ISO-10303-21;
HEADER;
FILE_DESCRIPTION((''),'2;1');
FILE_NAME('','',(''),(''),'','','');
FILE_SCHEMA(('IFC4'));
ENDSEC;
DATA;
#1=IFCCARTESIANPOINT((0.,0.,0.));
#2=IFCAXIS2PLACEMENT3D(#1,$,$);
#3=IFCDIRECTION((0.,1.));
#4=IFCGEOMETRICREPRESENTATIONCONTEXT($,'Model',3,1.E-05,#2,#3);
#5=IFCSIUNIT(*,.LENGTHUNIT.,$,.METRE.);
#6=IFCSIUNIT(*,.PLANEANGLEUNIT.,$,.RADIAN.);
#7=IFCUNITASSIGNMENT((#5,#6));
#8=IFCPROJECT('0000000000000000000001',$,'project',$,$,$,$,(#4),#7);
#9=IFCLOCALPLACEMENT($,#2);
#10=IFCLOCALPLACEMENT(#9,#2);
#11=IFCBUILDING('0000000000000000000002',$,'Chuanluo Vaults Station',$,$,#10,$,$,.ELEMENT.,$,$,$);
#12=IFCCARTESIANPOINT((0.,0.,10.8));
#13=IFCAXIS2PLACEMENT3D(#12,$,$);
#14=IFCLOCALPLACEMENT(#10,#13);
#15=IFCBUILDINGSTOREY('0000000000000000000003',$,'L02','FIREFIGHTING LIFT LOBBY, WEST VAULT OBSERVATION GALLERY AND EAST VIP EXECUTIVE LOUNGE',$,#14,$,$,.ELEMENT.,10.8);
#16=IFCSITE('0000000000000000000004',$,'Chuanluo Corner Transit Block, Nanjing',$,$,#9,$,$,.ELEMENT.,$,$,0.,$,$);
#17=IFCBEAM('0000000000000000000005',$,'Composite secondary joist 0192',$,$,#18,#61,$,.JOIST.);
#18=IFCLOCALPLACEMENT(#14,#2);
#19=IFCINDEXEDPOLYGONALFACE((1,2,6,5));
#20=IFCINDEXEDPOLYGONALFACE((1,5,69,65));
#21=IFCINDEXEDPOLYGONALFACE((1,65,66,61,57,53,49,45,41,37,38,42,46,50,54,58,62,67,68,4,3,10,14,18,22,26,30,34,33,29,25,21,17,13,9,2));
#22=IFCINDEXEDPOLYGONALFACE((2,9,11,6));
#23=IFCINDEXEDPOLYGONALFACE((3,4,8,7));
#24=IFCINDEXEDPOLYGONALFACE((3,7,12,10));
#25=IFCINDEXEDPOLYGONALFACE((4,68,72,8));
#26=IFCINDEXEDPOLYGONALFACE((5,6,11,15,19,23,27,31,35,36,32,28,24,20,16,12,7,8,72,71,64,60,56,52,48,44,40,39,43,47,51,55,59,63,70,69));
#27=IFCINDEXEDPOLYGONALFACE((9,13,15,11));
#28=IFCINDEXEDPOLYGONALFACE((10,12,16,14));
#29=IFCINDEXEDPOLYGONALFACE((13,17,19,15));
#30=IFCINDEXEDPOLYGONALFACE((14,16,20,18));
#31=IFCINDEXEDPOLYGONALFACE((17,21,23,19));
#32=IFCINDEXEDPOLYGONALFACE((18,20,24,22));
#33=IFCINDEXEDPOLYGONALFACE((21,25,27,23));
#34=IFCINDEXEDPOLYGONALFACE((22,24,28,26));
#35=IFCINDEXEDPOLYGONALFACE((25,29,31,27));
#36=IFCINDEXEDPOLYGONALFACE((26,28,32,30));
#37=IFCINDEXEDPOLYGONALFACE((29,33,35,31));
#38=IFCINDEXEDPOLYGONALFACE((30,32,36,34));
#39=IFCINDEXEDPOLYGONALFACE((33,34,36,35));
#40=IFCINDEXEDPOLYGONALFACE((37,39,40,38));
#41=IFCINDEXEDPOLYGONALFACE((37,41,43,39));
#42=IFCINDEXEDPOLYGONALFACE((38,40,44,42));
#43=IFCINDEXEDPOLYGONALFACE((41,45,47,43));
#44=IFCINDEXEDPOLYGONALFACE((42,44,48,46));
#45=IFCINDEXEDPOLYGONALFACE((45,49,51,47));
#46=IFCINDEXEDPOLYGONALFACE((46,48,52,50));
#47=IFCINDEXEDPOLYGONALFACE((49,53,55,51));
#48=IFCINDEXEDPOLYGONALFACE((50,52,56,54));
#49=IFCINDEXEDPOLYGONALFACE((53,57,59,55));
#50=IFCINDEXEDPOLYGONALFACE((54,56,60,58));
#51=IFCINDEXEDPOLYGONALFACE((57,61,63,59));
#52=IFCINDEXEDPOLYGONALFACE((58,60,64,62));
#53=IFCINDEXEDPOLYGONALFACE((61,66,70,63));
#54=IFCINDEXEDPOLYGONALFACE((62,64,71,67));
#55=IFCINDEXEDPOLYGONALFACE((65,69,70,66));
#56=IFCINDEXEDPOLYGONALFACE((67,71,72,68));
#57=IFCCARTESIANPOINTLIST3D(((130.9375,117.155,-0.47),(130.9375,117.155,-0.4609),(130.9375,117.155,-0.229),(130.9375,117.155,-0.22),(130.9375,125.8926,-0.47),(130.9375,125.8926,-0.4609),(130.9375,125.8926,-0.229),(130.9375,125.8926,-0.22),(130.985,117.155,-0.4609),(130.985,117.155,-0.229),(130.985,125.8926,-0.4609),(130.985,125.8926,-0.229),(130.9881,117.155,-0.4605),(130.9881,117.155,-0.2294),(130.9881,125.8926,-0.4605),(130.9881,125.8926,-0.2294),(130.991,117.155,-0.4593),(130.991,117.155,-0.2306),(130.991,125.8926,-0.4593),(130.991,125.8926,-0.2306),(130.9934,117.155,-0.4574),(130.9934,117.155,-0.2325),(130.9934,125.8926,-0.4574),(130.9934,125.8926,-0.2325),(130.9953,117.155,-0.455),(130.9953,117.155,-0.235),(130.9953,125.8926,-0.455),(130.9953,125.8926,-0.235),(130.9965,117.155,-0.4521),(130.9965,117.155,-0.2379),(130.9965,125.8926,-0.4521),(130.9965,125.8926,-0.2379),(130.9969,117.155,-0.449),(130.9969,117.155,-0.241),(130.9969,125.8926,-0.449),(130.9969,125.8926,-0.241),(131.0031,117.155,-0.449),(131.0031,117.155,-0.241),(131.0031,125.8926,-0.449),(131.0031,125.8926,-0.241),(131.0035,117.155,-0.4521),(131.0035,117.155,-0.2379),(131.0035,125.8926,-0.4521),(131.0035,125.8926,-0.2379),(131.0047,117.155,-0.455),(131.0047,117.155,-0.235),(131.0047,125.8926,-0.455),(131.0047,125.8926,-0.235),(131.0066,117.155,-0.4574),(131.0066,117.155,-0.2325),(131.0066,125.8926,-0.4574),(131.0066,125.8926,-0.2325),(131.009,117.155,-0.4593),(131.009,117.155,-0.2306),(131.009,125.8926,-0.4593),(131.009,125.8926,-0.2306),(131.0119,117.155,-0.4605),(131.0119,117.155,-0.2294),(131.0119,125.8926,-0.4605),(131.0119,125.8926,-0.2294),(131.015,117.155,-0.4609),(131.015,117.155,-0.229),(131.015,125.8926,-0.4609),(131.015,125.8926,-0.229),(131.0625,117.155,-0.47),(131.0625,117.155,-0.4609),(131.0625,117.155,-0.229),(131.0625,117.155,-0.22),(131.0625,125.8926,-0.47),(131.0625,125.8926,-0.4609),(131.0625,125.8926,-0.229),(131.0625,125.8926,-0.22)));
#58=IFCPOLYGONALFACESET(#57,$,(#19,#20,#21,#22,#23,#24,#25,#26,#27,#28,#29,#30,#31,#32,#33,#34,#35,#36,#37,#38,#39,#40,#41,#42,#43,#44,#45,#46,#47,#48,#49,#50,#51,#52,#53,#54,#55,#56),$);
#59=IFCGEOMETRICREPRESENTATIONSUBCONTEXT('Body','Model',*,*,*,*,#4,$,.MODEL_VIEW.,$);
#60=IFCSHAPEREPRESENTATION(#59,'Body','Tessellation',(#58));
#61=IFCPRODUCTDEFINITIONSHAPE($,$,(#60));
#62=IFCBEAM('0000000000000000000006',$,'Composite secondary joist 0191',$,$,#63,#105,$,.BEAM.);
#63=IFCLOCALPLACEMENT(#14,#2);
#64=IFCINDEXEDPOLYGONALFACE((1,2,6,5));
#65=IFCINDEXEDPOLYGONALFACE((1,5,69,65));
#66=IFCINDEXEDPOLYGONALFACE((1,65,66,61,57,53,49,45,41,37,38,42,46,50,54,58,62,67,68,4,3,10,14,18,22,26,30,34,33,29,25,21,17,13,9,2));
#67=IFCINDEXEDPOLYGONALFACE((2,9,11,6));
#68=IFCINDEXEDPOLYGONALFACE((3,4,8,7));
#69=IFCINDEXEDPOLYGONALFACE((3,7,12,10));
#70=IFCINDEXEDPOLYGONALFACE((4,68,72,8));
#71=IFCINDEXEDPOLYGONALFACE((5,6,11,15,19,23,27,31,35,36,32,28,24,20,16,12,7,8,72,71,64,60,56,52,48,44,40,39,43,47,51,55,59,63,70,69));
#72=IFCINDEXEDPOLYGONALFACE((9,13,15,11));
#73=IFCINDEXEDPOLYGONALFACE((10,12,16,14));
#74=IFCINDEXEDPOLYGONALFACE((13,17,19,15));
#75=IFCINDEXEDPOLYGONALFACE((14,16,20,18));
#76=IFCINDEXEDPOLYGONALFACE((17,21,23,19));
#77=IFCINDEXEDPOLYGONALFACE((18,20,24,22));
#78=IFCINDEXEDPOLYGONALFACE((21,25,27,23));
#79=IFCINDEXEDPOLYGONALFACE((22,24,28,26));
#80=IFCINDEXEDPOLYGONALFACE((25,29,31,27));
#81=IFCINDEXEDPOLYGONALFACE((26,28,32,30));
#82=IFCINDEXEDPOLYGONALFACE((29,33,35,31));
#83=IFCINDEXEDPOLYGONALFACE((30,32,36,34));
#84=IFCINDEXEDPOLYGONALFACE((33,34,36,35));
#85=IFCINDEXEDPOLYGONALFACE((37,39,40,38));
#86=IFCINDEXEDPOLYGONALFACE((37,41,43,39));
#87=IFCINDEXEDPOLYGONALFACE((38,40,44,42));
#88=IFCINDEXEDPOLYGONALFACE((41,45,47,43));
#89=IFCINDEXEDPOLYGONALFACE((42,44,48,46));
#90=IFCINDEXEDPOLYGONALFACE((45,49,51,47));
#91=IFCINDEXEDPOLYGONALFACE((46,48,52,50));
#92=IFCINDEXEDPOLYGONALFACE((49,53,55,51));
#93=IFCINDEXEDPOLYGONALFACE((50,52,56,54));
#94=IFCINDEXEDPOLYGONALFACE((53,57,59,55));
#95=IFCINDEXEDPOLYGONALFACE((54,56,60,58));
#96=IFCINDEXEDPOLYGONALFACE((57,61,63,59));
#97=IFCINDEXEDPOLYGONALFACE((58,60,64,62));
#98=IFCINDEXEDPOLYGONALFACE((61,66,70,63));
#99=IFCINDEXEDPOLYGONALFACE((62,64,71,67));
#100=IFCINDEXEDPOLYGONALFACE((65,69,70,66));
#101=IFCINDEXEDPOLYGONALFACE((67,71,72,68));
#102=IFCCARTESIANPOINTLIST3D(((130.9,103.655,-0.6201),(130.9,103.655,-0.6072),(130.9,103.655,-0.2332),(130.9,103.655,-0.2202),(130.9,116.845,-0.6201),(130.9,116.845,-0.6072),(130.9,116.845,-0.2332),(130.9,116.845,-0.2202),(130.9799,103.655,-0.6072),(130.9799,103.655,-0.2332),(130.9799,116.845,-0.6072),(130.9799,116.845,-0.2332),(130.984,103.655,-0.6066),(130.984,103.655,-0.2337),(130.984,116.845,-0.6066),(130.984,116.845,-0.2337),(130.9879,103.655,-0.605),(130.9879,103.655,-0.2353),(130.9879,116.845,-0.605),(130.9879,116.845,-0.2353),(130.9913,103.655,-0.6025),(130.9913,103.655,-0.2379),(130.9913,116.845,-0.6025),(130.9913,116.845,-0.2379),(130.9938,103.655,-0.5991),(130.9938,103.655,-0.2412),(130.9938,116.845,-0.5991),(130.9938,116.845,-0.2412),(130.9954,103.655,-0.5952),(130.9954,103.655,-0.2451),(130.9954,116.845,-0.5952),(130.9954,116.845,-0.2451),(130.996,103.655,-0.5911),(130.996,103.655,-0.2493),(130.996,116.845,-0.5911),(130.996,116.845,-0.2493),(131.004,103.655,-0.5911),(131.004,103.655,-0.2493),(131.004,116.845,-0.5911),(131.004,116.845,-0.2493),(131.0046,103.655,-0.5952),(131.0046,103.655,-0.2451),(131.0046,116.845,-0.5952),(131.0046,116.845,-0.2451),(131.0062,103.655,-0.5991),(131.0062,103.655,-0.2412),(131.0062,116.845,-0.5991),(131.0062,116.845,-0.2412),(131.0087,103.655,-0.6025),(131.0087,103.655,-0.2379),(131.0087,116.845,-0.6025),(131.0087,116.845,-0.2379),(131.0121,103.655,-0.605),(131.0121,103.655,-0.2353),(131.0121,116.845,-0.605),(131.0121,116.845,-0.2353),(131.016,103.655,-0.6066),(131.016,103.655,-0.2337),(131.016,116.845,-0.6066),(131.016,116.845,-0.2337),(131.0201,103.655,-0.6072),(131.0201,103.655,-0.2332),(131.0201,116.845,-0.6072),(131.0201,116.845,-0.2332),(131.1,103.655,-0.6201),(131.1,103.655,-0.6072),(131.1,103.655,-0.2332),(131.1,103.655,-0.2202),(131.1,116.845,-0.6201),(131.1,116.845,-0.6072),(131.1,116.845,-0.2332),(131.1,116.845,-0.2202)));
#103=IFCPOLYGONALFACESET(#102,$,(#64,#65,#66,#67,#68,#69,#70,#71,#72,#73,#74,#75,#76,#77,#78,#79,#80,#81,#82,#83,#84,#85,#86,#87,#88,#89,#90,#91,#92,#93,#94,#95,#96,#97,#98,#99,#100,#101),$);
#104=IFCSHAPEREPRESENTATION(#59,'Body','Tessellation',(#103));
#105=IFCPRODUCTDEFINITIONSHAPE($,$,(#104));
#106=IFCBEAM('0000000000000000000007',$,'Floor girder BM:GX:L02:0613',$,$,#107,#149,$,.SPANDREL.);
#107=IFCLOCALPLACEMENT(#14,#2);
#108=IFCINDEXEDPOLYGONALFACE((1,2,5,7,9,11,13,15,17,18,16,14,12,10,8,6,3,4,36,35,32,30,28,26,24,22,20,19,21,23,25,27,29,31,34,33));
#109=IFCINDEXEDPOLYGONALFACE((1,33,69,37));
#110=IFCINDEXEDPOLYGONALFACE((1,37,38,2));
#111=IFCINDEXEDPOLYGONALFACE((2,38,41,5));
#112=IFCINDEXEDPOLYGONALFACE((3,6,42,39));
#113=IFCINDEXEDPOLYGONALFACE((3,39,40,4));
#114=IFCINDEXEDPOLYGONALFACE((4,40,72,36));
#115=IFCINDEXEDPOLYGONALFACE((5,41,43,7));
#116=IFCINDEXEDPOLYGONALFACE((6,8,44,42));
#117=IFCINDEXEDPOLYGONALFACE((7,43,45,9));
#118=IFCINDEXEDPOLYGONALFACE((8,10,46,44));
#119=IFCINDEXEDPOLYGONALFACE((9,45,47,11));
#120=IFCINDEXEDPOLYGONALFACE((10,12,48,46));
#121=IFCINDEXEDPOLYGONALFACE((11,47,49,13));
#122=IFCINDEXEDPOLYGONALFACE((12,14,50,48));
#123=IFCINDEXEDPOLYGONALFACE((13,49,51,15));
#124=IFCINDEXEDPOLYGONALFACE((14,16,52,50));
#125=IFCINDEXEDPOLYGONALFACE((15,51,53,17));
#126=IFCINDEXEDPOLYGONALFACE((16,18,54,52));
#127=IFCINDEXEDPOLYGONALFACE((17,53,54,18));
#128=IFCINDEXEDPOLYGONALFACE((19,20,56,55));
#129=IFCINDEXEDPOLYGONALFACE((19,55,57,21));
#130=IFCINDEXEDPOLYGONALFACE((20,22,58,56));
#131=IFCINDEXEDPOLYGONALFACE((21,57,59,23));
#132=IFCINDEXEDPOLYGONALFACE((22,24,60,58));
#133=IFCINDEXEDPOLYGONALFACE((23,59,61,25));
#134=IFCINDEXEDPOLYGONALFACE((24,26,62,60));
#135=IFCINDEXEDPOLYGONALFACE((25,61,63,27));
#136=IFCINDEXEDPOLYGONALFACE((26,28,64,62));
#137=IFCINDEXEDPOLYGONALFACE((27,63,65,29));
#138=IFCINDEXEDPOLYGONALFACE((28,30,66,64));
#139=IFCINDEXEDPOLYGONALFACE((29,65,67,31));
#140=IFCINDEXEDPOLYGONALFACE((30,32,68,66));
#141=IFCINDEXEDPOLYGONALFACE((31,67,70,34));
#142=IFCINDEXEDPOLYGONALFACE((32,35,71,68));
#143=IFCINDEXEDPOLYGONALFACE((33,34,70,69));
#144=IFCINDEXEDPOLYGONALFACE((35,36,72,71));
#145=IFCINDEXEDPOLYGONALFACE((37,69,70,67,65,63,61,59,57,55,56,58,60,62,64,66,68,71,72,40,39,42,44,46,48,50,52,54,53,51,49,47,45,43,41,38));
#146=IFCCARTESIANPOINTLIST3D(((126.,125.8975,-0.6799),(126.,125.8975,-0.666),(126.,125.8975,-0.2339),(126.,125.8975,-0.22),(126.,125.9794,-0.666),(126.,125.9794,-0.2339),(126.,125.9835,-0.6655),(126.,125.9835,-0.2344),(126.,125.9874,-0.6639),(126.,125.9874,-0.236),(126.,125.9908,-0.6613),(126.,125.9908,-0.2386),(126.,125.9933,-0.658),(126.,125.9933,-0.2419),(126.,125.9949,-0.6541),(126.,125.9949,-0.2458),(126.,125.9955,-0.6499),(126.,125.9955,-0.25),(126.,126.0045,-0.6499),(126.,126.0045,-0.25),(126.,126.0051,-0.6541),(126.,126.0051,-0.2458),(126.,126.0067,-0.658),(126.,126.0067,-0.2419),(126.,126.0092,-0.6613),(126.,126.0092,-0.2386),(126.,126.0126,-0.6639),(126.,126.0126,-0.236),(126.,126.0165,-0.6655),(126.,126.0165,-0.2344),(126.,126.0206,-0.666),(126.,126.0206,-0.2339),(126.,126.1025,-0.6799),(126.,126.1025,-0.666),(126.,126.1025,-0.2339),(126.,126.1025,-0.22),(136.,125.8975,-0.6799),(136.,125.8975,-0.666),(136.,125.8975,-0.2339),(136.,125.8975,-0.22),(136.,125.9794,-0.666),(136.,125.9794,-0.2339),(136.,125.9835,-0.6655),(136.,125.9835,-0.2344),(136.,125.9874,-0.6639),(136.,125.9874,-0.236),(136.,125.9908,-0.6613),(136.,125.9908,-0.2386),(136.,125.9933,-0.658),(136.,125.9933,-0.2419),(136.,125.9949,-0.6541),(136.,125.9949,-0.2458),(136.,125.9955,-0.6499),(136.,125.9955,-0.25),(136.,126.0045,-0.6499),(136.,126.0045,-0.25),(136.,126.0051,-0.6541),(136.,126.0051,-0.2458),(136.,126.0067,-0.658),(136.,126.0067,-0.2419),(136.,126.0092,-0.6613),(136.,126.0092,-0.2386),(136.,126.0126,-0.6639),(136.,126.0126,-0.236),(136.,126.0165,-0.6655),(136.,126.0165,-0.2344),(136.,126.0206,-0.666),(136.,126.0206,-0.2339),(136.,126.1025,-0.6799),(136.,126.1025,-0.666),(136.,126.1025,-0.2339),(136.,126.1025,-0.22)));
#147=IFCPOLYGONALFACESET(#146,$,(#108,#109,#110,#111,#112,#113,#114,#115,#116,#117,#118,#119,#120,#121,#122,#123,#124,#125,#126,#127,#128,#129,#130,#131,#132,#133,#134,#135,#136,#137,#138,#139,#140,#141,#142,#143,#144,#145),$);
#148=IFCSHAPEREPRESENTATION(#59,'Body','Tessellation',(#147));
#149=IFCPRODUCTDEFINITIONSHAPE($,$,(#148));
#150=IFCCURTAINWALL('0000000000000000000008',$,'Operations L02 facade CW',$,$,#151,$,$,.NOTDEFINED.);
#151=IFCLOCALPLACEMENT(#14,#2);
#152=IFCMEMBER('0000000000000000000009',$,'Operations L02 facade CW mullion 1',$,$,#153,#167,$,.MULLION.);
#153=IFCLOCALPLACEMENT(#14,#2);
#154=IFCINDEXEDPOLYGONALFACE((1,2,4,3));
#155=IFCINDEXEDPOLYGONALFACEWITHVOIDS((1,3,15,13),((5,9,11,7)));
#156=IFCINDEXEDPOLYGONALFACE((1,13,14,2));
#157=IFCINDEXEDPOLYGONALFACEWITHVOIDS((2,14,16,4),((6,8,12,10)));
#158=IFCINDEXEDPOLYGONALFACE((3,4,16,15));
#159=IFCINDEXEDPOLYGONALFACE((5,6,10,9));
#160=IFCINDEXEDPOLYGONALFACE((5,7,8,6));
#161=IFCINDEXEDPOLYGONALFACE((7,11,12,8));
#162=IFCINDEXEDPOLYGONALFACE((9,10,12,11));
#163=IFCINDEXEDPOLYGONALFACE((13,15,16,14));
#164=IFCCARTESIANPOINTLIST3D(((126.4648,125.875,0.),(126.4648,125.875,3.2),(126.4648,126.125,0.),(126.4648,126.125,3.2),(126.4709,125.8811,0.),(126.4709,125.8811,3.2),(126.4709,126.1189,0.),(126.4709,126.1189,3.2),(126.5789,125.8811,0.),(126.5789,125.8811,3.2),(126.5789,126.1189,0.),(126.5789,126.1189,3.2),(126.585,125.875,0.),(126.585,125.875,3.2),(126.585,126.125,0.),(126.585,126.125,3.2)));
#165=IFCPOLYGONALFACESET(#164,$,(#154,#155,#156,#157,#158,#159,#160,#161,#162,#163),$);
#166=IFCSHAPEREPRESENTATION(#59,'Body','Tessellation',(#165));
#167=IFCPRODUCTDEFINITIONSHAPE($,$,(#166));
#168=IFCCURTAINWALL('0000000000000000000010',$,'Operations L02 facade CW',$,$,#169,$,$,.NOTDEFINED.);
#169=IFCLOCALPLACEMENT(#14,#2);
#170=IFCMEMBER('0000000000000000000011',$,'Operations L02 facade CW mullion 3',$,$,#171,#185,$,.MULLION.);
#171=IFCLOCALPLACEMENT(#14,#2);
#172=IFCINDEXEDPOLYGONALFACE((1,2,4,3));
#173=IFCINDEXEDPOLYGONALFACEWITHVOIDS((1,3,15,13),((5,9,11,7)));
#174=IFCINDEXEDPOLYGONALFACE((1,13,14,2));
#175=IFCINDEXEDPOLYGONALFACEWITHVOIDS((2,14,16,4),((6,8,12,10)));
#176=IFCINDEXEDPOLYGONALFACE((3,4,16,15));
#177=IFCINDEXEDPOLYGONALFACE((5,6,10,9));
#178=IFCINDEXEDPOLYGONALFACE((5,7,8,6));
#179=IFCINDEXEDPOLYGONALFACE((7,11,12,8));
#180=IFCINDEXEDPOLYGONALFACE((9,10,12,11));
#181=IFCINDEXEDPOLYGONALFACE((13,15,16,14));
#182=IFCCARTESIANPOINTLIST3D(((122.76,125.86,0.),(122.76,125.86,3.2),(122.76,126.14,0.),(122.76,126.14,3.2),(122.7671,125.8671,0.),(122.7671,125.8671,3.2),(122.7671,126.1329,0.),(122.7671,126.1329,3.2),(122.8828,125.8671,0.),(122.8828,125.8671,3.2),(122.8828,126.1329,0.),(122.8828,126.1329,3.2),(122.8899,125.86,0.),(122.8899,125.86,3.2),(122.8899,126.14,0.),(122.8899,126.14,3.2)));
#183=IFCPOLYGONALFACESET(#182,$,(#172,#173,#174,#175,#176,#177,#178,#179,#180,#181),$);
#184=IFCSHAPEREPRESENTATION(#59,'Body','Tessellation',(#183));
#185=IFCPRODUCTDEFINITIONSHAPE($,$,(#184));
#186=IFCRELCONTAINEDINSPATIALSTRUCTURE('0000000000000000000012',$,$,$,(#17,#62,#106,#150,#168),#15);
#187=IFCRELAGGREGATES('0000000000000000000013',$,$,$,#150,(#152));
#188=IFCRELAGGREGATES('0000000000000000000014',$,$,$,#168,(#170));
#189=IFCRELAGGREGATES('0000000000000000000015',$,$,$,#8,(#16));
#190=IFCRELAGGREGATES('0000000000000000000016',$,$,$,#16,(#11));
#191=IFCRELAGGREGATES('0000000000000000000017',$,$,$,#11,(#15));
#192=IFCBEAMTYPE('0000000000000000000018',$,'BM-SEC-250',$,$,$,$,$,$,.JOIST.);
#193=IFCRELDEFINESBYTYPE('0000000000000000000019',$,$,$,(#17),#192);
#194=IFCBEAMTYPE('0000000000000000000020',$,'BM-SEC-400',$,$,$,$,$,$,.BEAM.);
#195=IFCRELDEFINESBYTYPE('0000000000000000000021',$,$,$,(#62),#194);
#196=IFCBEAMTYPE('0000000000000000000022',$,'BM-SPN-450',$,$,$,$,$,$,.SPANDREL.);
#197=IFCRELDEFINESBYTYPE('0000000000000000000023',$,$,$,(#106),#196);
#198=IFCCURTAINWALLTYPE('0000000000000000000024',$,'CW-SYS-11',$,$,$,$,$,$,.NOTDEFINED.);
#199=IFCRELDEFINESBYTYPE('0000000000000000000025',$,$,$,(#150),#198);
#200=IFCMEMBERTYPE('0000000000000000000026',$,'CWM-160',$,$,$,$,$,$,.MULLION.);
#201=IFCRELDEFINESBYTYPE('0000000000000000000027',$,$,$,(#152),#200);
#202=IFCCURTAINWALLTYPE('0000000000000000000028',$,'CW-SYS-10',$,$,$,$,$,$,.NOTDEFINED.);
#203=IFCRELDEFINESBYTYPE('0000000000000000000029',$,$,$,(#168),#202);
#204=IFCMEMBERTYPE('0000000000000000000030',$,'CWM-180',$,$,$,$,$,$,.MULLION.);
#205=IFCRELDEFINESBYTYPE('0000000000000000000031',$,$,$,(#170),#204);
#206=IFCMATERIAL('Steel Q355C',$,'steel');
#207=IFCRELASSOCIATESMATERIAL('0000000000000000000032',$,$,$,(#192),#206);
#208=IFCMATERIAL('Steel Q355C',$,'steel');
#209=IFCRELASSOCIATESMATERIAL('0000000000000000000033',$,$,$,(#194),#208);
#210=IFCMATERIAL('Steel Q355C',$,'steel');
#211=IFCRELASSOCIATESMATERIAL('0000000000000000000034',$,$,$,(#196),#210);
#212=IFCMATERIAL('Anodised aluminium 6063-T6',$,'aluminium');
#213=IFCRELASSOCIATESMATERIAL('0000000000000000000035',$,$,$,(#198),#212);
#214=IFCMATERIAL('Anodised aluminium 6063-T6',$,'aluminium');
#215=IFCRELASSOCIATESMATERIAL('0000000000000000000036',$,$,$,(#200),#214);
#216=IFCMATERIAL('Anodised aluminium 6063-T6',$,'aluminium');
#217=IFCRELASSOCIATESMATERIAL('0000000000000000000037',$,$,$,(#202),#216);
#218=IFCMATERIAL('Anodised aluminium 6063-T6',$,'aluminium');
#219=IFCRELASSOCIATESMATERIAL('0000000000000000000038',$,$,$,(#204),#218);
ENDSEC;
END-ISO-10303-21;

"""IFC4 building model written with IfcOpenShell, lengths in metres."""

from ifc_helpers import new_model, si_unit, direction, frame, origin, origin_2d, place, context, subcontext, project, spatial, hollow_rectangle, i_section, extrude, material, material_profile, profile_set, type_object, element, aggregate, save


model = new_model("IFC4")

# Units and contexts
model_context = context("Model", 3, precision=1e-05, world=origin(), true_north=direction((0.0, 1.0)))
body_context = subcontext(model_context, "Body", "Model", "MODEL_VIEW")
ifc_project = project(units=[si_unit("LENGTHUNIT", "METRE"), si_unit("PLANEANGLEUNIT", "RADIAN")], contexts=[model_context])

# Site, building, storey
site_placement = place(None, origin())
site = spatial("IfcSite", under=ifc_project, at=site_placement, Name="Chuanluo Corner Transit Block, Nanjing", CompositionType="ELEMENT", RefElevation=0.0)
building_placement = place(site_placement, origin())
building = spatial("IfcBuilding", under=site, at=building_placement, Name="Chuanluo Vaults Station", CompositionType="ELEMENT")
storey_placement = place(building_placement, frame((0.0, 0.0, 10.8)))
storey = spatial("IfcBuildingStorey", under=building, at=storey_placement, Name="L02", Description="FIREFIGHTING LIFT LOBBY, WEST VAULT OBSERVATION GALLERY AND EAST VIP EXECUTIVE LOUNGE", CompositionType="ELEMENT", Elevation=10.8)

# Beams
ifc_material_1 = material(Name="Steel Q355C", Category="steel")
ifc_material_profile_1 = material_profile(ifc_material_1, i_section(OverallWidth=0.125, OverallDepth=0.25, WebThickness=0.0061, FlangeThickness=0.009, FilletRadius=0.012, at=origin_2d()))
ifc_profile_set_1 = profile_set([ifc_material_profile_1], Name="Steel Q355C")
beam_type_1 = type_object("IfcBeamType", Name="BM-SEC-250", PredefinedType="JOIST", material=ifc_profile_set_1)
beam_1_placement = place(storey_placement, frame((131.0, 117.155, -0.345), z_axis=(0.0, 1.0, 0.0), x_axis=(-1.0, 0.0, 0.0)))
element("IfcBeam", 1, at=beam_1_placement, inside=storey, type_object=beam_type_1, Name="Composite secondary joist 0192", PredefinedType="JOIST", context=body_context, shape_type="SweptSolid", body=[
    extrude(i_section(OverallWidth=0.125, OverallDepth=0.25, WebThickness=0.0061, FlangeThickness=0.009, FilletRadius=0.012, at=origin_2d()), origin(), (0.0, 0.0, 1.0), 8.7375),
])
ifc_material_2 = material(Name="Steel Q355C", Category="steel")
ifc_material_profile_2 = material_profile(ifc_material_2, i_section(OverallWidth=0.2, OverallDepth=0.3999, WebThickness=0.0081, FlangeThickness=0.0129, FilletRadius=0.0161, at=origin_2d()))
ifc_profile_set_2 = profile_set([ifc_material_profile_2], Name="Steel Q355C")
beam_type_2 = type_object("IfcBeamType", Name="BM-SEC-400", PredefinedType="BEAM", material=ifc_profile_set_2)
beam_2_placement = place(storey_placement, frame((131.0, 103.655, -0.4202), z_axis=(0.0, 1.0, 0.0), x_axis=(-1.0, 0.0, 0.0)))
element("IfcBeam", 2, at=beam_2_placement, inside=storey, type_object=beam_type_2, Name="Composite secondary joist 0191", PredefinedType="BEAM", context=body_context, shape_type="SweptSolid", body=[
    extrude(i_section(OverallWidth=0.2, OverallDepth=0.3999, WebThickness=0.0081, FlangeThickness=0.0129, FilletRadius=0.0161, at=origin_2d()), origin(), (0.0, 0.0, 1.0), 13.1899),
])
ifc_material_3 = material(Name="Steel Q355C", Category="steel")
ifc_material_profile_3 = material_profile(ifc_material_3, i_section(OverallWidth=0.2051, OverallDepth=0.46, WebThickness=0.009, FlangeThickness=0.0139, FilletRadius=0.0161, at=origin_2d()))
ifc_profile_set_3 = profile_set([ifc_material_profile_3], Name="Steel Q355C")
beam_type_3 = type_object("IfcBeamType", Name="BM-SPN-450", PredefinedType="SPANDREL", material=ifc_profile_set_3)
beam_3_placement = place(storey_placement, frame((126.0, 126.0, -0.45), z_axis=(1.0, 0.0, 0.0), x_axis=(0.0, 1.0, 0.0)))
element("IfcBeam", 3, at=beam_3_placement, inside=storey, type_object=beam_type_3, Name="Floor girder BM:GX:L02:0613", PredefinedType="SPANDREL", context=body_context, shape_type="SweptSolid", body=[
    extrude(i_section(OverallWidth=0.2051, OverallDepth=0.46, WebThickness=0.009, FlangeThickness=0.0139, FilletRadius=0.0161, at=origin_2d()), origin(), (0.0, 0.0, 1.0), 10.0),
])

# Curtain wall, member
ifc_material_4 = material(Name="Anodised aluminium 6063-T6", Category="aluminium")
curtain_wall_type_1 = type_object("IfcCurtainWallType", Name="CW-SYS-11", PredefinedType="NOTDEFINED", material=ifc_material_4)
curtain_wall_1_placement = place(storey_placement, origin())
curtain_wall_1 = element("IfcCurtainWall", 4, at=curtain_wall_1_placement, inside=storey, type_object=curtain_wall_type_1, Name="Operations L02 facade CW", PredefinedType="NOTDEFINED")
ifc_material_5 = material(Name="Anodised aluminium 6063-T6", Category="aluminium")
ifc_material_profile_4 = material_profile(ifc_material_5, hollow_rectangle(XDim=0.1201, YDim=0.25, WallThickness=0.0061, at=origin_2d()))
ifc_profile_set_4 = profile_set([ifc_material_profile_4], Name="Anodised aluminium 6063-T6")
member_type_1 = type_object("IfcMemberType", Name="CWM-160", PredefinedType="MULLION", material=ifc_profile_set_4)
member_1_placement = place(storey_placement, frame((126.5249, 126.0, 0.0), z_axis=(0.0, 0.0, 1.0), x_axis=(1.0, 0.0, 0.0)))
member_1 = element("IfcMember", 5, at=member_1_placement, type_object=member_type_1, Name="Operations L02 facade CW mullion 1", PredefinedType="MULLION", context=body_context, shape_type="SweptSolid", body=[
    extrude(hollow_rectangle(XDim=0.1201, YDim=0.25, WallThickness=0.0061, at=origin_2d()), origin(), (0.0, 0.0, 1.0), 3.2),
])

# Curtain wall, member
ifc_material_6 = material(Name="Anodised aluminium 6063-T6", Category="aluminium")
curtain_wall_type_2 = type_object("IfcCurtainWallType", Name="CW-SYS-10", PredefinedType="NOTDEFINED", material=ifc_material_6)
curtain_wall_2_placement = place(storey_placement, origin())
curtain_wall_2 = element("IfcCurtainWall", 6, at=curtain_wall_2_placement, inside=storey, type_object=curtain_wall_type_2, Name="Operations L02 facade CW", PredefinedType="NOTDEFINED")
ifc_material_7 = material(Name="Anodised aluminium 6063-T6", Category="aluminium")
ifc_material_profile_5 = material_profile(ifc_material_7, hollow_rectangle(XDim=0.1299, YDim=0.28, WallThickness=0.0071, at=origin_2d()))
ifc_profile_set_5 = profile_set([ifc_material_profile_5], Name="Anodised aluminium 6063-T6")
member_type_2 = type_object("IfcMemberType", Name="CWM-180", PredefinedType="MULLION", material=ifc_profile_set_5)
member_2_placement = place(storey_placement, frame((122.825, 126.0, 0.0), z_axis=(0.0, 0.0, 1.0), x_axis=(1.0, 0.0, 0.0)))
member_2 = element("IfcMember", 7, at=member_2_placement, type_object=member_type_2, Name="Operations L02 facade CW mullion 3", PredefinedType="MULLION", context=body_context, shape_type="SweptSolid", body=[
    extrude(hollow_rectangle(XDim=0.1299, YDim=0.28, WallThickness=0.0071, at=origin_2d()), origin(), (0.0, 0.0, 1.0), 3.2),
])

aggregate(curtain_wall_1, [member_1])

aggregate(curtain_wall_2, [member_2])

save(model, "model.ifc")
